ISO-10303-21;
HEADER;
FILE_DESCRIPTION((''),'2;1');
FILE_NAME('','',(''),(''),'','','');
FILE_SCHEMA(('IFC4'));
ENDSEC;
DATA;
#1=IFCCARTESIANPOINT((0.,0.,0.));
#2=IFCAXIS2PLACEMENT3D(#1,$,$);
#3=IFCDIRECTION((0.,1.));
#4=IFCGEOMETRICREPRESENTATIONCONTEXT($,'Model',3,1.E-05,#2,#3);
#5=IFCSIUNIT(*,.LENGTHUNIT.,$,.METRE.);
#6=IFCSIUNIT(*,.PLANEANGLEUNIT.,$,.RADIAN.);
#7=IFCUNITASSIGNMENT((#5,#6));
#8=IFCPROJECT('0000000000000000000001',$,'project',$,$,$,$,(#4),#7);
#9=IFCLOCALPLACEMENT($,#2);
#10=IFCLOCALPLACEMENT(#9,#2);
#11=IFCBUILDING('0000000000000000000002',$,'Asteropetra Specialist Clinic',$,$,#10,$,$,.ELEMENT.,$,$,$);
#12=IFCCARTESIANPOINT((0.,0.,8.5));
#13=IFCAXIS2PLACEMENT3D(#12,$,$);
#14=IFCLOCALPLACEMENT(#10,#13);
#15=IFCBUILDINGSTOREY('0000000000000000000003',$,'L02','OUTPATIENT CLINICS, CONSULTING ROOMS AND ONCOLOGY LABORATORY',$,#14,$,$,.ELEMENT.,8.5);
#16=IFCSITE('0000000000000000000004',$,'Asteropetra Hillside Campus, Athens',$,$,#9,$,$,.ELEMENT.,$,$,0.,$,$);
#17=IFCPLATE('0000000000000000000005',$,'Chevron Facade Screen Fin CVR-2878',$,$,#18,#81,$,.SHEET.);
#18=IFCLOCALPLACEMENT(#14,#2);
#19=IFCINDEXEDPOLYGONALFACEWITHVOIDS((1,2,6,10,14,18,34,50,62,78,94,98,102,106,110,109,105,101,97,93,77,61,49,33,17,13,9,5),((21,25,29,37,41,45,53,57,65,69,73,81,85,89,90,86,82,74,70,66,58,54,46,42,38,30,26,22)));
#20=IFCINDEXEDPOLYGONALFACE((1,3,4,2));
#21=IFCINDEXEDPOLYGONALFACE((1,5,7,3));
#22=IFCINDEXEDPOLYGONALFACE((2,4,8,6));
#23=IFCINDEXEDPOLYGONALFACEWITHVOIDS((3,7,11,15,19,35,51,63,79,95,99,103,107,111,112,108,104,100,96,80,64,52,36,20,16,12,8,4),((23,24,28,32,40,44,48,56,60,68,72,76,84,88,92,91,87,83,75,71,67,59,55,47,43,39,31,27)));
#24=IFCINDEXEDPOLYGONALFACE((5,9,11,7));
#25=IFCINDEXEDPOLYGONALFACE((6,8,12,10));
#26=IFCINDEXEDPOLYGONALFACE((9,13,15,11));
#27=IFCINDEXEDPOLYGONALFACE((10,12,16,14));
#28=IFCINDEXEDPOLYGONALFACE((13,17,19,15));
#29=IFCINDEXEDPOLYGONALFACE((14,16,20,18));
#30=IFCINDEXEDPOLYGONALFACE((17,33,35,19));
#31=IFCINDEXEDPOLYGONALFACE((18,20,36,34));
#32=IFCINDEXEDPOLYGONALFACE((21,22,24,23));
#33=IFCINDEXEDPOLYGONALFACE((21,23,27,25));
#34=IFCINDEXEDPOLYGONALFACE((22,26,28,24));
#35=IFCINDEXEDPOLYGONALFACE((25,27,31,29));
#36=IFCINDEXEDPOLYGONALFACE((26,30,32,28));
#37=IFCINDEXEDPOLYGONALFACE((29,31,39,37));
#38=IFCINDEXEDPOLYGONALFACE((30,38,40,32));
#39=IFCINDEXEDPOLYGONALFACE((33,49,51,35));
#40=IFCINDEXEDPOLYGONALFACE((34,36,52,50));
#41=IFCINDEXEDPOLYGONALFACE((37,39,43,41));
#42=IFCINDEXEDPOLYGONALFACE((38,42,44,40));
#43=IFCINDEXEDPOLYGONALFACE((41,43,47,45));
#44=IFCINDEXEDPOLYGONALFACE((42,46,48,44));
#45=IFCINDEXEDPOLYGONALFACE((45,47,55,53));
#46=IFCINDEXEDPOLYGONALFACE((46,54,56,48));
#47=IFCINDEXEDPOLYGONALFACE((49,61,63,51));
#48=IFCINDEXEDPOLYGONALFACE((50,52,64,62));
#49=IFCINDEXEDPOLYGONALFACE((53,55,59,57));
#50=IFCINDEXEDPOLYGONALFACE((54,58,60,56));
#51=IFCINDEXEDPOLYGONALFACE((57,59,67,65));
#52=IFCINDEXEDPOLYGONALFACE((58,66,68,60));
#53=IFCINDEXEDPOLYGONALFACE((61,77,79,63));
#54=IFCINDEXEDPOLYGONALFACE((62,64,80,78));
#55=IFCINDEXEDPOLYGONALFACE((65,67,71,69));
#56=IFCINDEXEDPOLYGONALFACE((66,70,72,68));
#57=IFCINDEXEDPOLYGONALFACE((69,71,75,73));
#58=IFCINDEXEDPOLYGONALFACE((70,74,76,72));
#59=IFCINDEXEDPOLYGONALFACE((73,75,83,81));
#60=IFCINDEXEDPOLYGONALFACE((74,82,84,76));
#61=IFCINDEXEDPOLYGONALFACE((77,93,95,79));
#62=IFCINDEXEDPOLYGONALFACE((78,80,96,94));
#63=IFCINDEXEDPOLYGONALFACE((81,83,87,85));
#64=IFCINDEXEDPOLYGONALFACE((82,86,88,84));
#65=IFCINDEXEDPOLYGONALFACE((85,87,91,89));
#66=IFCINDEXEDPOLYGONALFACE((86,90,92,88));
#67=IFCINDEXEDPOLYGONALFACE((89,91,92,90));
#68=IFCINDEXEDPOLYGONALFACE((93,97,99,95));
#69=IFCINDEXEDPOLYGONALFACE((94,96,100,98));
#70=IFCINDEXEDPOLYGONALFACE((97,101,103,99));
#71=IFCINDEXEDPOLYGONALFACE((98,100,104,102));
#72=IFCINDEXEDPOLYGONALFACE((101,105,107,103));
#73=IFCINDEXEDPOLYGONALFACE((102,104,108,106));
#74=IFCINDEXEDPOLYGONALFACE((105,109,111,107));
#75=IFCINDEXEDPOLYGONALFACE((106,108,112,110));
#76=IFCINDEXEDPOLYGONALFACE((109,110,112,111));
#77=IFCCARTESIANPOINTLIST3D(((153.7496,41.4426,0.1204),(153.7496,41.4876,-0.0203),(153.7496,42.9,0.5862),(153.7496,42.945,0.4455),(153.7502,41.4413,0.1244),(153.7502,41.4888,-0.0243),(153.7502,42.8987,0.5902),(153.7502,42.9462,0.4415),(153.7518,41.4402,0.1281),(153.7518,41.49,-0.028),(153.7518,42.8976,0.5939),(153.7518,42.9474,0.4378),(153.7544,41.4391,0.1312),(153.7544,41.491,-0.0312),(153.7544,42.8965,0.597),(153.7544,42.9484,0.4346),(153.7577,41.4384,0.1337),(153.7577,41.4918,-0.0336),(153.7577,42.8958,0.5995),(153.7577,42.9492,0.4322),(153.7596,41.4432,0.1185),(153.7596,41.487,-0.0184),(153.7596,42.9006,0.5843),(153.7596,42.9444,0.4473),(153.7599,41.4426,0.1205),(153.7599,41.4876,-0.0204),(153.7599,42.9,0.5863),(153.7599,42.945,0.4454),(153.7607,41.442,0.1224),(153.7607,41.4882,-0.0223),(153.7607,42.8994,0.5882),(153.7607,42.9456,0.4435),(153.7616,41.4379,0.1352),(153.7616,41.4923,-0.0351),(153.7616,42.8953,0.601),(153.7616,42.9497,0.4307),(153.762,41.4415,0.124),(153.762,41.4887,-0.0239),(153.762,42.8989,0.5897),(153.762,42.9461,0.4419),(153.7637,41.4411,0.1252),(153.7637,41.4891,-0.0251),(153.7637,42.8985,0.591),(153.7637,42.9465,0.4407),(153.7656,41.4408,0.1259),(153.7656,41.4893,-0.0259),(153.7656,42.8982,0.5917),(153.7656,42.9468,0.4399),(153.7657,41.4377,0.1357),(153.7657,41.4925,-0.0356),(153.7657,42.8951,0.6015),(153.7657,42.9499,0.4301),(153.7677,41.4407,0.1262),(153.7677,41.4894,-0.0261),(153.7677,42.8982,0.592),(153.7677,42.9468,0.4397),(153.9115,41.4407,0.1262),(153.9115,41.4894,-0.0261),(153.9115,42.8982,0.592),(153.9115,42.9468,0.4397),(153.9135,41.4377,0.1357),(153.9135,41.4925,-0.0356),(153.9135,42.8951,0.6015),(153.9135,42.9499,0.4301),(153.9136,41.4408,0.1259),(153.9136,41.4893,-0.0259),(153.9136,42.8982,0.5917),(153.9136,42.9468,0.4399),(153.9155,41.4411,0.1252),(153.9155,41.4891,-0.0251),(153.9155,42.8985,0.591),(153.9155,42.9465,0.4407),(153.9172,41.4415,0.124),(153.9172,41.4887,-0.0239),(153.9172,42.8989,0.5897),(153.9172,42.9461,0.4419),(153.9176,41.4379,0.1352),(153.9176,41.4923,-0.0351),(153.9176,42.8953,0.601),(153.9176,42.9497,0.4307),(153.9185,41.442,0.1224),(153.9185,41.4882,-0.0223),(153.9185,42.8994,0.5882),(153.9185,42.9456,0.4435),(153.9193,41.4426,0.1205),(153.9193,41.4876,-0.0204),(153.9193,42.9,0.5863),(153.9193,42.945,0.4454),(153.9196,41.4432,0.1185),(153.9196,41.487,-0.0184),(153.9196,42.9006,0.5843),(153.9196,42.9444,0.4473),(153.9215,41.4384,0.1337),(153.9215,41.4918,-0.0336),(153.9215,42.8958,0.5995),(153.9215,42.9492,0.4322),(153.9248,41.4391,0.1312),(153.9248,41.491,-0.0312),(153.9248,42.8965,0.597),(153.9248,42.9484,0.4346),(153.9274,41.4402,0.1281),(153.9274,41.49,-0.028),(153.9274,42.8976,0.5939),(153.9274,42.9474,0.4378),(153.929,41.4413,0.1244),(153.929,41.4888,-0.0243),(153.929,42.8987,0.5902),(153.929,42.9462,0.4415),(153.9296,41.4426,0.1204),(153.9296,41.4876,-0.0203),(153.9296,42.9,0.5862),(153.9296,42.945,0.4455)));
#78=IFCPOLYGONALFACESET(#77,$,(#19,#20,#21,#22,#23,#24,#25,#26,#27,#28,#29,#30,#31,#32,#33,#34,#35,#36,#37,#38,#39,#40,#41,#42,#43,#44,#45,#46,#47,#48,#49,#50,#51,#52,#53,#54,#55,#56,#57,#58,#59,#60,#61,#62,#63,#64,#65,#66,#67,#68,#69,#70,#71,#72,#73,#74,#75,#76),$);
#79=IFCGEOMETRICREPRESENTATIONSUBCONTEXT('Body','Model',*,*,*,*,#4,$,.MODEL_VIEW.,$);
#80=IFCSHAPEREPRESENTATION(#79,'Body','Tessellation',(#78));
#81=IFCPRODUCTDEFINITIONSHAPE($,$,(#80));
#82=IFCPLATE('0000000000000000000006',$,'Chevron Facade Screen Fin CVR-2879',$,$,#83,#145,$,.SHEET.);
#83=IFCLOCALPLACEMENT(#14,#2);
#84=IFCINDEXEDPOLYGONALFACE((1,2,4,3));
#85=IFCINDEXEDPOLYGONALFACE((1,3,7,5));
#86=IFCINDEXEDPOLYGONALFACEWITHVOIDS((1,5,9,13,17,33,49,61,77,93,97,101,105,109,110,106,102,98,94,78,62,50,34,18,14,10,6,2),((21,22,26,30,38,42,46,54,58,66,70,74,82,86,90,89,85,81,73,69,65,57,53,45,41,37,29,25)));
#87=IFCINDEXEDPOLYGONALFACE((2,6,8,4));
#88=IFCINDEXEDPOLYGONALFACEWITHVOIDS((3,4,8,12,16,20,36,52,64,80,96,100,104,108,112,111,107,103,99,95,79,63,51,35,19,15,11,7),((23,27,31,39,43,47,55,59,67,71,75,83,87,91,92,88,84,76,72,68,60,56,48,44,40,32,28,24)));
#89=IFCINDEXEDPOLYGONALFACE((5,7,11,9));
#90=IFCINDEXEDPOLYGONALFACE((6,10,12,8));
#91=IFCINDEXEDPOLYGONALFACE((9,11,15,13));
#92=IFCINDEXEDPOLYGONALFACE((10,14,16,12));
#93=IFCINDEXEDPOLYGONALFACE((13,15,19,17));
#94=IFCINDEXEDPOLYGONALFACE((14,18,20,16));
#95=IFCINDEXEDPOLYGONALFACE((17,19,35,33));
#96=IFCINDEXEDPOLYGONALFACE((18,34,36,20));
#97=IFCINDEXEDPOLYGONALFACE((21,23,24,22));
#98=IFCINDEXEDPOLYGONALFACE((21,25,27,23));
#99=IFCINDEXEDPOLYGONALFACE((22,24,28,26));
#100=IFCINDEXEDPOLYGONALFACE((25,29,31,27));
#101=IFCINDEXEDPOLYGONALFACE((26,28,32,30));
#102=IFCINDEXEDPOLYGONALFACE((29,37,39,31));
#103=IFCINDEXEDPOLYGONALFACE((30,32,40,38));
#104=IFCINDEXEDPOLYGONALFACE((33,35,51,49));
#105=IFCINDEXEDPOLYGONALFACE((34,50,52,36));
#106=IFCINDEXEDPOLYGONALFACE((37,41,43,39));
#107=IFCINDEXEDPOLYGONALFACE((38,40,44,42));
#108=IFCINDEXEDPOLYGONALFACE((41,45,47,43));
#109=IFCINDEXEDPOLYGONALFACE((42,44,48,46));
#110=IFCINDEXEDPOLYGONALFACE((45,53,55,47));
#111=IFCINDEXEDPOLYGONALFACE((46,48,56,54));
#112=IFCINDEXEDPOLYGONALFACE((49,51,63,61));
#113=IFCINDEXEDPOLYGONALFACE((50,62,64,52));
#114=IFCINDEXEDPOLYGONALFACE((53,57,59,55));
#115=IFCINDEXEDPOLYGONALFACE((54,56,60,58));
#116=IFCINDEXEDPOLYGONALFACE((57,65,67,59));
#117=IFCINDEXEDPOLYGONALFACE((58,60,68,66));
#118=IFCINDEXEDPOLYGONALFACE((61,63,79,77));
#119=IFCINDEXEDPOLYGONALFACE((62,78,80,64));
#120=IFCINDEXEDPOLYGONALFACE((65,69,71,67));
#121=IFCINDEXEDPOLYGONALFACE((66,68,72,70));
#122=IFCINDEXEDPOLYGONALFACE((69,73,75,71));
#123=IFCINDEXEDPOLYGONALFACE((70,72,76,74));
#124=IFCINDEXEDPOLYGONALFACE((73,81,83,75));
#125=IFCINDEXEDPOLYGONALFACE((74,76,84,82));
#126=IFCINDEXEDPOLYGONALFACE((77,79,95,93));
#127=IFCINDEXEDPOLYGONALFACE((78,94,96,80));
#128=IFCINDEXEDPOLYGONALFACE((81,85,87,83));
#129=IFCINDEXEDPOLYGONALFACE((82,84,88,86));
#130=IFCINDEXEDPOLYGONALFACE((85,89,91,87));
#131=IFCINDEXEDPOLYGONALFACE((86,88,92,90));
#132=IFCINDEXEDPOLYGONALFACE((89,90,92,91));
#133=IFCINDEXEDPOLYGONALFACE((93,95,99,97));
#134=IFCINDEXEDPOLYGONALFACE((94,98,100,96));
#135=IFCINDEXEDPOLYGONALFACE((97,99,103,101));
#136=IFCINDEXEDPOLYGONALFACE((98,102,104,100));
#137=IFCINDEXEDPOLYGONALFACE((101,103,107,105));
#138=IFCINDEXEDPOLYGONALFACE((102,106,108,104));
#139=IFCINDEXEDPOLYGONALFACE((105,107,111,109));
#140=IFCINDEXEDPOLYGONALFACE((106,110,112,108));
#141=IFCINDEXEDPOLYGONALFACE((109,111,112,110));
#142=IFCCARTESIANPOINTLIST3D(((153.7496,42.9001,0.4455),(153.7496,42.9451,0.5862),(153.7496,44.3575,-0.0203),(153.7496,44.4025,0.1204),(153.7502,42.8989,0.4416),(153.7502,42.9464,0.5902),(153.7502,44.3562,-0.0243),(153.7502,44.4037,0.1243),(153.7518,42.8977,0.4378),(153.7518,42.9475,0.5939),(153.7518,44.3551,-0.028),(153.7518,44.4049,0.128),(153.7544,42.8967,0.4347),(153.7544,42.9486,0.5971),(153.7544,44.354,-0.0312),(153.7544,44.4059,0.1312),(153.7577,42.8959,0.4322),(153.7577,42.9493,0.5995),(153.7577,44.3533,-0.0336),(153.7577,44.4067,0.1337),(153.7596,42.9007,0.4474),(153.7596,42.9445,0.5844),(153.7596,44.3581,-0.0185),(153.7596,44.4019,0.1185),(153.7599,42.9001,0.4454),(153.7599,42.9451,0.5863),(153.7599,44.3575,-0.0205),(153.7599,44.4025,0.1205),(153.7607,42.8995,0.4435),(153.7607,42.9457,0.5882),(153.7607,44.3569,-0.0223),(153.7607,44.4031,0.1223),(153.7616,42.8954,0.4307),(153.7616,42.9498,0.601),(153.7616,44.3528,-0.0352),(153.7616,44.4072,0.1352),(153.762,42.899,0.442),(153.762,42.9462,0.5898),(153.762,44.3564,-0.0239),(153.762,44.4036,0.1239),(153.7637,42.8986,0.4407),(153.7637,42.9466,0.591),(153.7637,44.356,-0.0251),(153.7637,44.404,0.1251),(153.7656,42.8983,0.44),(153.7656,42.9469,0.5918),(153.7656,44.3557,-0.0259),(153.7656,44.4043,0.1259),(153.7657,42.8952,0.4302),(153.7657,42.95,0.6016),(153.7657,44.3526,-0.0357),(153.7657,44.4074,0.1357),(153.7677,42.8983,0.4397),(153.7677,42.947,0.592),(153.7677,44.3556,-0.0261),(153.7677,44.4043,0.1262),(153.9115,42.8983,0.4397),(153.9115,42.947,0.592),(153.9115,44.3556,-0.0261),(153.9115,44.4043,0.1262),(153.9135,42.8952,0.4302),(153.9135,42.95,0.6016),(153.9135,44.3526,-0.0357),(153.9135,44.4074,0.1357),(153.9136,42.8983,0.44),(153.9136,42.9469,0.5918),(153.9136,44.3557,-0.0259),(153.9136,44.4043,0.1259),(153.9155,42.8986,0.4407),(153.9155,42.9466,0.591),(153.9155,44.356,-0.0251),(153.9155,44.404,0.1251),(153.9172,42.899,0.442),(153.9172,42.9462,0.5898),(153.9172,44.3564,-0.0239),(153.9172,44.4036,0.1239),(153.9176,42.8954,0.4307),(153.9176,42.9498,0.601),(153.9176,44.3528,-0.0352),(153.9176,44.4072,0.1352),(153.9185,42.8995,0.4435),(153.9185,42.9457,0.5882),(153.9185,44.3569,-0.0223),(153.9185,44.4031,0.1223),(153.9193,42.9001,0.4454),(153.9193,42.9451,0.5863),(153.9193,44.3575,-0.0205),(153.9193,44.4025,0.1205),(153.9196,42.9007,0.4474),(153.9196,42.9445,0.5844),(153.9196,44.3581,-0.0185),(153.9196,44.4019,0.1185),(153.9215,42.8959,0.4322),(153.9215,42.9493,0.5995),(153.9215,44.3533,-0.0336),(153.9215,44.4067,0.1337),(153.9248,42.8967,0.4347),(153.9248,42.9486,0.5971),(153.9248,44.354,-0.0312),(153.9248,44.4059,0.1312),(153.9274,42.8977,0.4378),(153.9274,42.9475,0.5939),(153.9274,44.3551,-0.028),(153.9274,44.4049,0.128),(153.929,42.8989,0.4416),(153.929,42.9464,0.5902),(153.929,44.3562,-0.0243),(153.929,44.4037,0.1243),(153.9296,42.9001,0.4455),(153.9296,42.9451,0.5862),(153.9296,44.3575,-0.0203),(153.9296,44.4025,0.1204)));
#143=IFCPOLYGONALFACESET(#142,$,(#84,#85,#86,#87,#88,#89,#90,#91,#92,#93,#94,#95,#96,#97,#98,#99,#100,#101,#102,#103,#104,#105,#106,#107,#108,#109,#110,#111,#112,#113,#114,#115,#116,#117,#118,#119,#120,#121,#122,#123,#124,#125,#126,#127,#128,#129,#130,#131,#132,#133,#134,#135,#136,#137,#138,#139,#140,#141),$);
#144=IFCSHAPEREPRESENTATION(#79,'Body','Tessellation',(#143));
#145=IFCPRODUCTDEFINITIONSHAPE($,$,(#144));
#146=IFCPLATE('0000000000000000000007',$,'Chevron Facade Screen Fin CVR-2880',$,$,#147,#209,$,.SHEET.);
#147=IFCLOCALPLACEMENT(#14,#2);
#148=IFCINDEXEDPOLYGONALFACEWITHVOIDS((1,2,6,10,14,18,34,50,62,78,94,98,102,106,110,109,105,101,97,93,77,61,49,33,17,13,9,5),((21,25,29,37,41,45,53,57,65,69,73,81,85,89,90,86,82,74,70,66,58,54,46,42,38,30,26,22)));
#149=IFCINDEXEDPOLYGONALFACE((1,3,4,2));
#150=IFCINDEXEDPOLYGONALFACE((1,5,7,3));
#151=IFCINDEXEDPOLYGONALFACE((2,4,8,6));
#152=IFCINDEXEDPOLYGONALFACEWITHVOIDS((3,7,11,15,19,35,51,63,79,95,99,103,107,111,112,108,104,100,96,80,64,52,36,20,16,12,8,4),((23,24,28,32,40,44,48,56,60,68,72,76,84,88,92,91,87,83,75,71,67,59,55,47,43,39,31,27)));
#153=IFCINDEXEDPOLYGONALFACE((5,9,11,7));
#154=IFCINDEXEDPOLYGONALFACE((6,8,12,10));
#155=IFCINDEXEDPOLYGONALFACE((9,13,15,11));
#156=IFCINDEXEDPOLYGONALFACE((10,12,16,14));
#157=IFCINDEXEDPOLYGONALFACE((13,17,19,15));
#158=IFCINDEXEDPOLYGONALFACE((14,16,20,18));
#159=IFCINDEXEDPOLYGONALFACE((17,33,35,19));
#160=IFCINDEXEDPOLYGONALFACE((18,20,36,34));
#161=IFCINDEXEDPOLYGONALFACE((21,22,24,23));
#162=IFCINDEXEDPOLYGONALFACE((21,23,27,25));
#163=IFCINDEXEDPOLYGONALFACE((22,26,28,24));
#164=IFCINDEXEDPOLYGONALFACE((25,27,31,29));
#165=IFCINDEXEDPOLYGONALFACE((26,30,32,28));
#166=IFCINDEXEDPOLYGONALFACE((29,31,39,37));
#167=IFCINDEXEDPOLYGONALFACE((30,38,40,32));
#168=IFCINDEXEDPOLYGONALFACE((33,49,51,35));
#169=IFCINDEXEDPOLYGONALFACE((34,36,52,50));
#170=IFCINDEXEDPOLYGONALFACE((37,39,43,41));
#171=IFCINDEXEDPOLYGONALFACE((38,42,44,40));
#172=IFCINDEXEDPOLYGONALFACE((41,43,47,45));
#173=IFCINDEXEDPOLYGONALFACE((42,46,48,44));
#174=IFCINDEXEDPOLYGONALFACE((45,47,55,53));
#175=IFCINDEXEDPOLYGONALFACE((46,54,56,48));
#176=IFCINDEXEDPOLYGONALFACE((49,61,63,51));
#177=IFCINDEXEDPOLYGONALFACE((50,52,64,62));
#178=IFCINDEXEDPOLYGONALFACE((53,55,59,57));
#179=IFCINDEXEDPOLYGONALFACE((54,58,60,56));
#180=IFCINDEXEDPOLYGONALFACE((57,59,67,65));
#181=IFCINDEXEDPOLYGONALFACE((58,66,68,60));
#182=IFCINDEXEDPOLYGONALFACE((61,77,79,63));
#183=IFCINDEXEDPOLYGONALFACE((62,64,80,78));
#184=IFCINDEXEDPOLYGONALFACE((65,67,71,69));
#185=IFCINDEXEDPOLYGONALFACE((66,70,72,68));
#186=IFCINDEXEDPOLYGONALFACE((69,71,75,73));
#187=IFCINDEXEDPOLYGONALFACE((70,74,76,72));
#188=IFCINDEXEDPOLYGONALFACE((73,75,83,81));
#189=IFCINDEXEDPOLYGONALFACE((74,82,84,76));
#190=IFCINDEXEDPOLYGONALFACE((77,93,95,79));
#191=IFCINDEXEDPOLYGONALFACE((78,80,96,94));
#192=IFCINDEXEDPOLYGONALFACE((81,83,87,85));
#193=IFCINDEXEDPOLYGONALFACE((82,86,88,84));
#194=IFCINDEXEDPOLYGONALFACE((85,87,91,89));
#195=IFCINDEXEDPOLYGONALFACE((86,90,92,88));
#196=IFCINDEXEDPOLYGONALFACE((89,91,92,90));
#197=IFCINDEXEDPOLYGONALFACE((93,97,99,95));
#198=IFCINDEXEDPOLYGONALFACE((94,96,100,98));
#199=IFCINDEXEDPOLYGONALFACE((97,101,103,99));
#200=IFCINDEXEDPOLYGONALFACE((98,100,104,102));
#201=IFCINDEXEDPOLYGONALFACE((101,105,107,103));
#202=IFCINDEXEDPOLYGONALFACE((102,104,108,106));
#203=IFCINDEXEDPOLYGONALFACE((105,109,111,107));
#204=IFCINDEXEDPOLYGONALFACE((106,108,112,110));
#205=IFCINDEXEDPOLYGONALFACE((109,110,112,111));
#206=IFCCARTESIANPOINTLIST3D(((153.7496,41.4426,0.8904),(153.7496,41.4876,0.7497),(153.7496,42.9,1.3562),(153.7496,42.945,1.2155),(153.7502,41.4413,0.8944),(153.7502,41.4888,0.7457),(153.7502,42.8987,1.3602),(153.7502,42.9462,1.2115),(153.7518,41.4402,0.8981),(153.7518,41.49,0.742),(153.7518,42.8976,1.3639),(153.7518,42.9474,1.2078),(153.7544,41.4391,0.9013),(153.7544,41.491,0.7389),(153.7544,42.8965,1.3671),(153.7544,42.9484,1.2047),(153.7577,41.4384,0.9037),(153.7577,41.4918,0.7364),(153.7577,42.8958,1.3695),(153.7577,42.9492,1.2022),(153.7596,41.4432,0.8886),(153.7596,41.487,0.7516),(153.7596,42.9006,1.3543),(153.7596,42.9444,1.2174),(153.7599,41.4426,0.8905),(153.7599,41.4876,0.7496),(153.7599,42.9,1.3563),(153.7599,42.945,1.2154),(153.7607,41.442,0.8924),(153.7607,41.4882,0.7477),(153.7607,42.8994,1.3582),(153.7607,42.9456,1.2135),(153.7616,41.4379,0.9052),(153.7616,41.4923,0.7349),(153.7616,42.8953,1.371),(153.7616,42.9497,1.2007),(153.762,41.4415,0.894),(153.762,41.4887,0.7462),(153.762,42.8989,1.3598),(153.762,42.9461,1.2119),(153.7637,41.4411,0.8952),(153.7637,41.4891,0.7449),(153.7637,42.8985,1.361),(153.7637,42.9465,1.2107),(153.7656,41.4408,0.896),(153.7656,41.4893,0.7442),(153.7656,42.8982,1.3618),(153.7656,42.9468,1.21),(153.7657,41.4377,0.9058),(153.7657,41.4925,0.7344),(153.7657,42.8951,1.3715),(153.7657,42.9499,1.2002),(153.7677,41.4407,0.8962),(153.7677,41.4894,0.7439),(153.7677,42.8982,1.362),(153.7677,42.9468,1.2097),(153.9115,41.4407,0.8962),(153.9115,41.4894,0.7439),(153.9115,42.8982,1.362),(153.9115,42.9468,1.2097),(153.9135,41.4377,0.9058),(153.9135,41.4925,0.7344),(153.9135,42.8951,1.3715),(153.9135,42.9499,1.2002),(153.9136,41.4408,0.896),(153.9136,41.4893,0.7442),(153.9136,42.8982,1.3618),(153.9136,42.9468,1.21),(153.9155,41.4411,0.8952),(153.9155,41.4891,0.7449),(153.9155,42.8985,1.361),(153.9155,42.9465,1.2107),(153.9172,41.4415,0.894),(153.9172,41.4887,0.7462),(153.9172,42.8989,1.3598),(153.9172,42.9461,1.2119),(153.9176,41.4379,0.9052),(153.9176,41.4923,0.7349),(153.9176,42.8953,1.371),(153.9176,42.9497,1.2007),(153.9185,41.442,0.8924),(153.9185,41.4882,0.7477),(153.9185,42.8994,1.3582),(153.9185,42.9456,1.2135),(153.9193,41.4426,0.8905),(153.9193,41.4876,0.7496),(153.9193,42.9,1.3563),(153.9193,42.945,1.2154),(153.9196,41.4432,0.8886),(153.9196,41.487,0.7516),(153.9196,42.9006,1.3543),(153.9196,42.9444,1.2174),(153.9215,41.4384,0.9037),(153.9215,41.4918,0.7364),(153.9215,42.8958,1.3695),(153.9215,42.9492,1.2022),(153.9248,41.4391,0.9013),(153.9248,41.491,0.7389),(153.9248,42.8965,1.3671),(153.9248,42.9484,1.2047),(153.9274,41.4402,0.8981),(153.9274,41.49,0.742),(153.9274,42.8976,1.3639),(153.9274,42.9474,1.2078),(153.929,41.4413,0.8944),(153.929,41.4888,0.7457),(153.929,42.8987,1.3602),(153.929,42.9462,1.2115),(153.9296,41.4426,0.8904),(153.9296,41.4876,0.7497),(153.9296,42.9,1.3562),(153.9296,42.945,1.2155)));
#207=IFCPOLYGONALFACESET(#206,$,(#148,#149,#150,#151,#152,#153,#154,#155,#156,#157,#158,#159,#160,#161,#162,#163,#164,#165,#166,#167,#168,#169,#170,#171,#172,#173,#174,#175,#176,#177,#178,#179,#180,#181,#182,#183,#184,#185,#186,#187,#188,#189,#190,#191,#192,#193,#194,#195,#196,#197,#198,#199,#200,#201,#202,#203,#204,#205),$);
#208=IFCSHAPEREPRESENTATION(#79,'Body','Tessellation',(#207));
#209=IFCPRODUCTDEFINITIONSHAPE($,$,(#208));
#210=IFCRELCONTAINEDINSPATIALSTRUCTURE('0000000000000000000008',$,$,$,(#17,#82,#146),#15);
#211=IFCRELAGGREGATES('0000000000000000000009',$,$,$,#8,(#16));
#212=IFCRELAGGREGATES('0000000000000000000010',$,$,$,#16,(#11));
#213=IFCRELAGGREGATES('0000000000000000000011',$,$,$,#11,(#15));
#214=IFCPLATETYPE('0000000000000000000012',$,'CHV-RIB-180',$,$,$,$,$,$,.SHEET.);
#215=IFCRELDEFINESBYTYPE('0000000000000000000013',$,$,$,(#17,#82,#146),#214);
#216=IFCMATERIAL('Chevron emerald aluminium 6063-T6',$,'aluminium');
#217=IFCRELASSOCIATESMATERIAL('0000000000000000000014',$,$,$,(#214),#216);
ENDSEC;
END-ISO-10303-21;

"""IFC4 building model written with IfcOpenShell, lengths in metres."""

from ifc_helpers import new_model, si_unit, direction, frame, origin, origin_2d, place, context, subcontext, project, spatial, hollow_rectangle, extrude, material, material_profile, profile_set, type_object, element, save


model = new_model("IFC4")

# Units and contexts
model_context = context("Model", 3, precision=1e-05, world=origin(), true_north=direction((0.0, 1.0)))
body_context = subcontext(model_context, "Body", "Model", "MODEL_VIEW")
ifc_project = project(units=[si_unit("LENGTHUNIT", "METRE"), si_unit("PLANEANGLEUNIT", "RADIAN")], contexts=[model_context])

# Site, building, storey
site_placement = place(None, origin())
site = spatial("IfcSite", under=ifc_project, at=site_placement, Name="Asteropetra Hillside Campus, Athens", CompositionType="ELEMENT", RefElevation=0.0)
building_placement = place(site_placement, origin())
building = spatial("IfcBuilding", under=site, at=building_placement, Name="Asteropetra Specialist Clinic", CompositionType="ELEMENT")
storey_placement = place(building_placement, frame((0.0, 0.0, 8.5)))
storey = spatial("IfcBuildingStorey", under=building, at=storey_placement, Name="L02", Description="OUTPATIENT CLINICS, CONSULTING ROOMS AND ONCOLOGY LABORATORY", CompositionType="ELEMENT", Elevation=8.5)

# Plates
ifc_material_1 = material(Name="Chevron emerald aluminium 6063-T6", Category="aluminium")
ifc_material_profile = material_profile(ifc_material_1, hollow_rectangle(XDim=0.1799, YDim=0.1799, WallThickness=0.01, InnerFilletRadius=0.0081, OuterFilletRadius=0.0161, at=origin_2d()), Name="SHS 180x180x10.0")
ifc_profile_set = profile_set([ifc_material_profile], Name="Chevron emerald aluminium 6063-T6")
plate_type = type_object("IfcPlateType", Name="CHV-RIB-180", PredefinedType="SHEET", material=ifc_profile_set)
for number, where, z_axis, x_axis, name in (
    (1, (153.8396, 41.4651, 0.05), (0.0, 0.952535, 0.304428), (-1.0, 0.0, 0.0), "Chevron Facade Screen Fin CVR-2878"),
    (2, (153.8396, 42.9226, 0.5159), (0.0, 0.95252, -0.304475), (-1.0, 0.0, 0.0), "Chevron Facade Screen Fin CVR-2879"),
    (3, (153.8396, 41.4651, 0.8201), (0.0, 0.952535, 0.304428), (-1.0, 0.0, 0.0), "Chevron Facade Screen Fin CVR-2880"),
):
    element("IfcPlate", number, at=place(storey_placement, frame(where, z_axis=z_axis, x_axis=x_axis)), inside=storey, type_object=plate_type, Name=name, PredefinedType="SHEET", context=body_context, shape_type="SweptSolid", body=[
        extrude(hollow_rectangle(XDim=0.1799, YDim=0.1799, WallThickness=0.01, InnerFilletRadius=0.0081, OuterFilletRadius=0.0161, at=origin_2d()), origin(), (0.0, 0.0, 1.0), 1.53),
    ])

save(model, "model.ifc")
